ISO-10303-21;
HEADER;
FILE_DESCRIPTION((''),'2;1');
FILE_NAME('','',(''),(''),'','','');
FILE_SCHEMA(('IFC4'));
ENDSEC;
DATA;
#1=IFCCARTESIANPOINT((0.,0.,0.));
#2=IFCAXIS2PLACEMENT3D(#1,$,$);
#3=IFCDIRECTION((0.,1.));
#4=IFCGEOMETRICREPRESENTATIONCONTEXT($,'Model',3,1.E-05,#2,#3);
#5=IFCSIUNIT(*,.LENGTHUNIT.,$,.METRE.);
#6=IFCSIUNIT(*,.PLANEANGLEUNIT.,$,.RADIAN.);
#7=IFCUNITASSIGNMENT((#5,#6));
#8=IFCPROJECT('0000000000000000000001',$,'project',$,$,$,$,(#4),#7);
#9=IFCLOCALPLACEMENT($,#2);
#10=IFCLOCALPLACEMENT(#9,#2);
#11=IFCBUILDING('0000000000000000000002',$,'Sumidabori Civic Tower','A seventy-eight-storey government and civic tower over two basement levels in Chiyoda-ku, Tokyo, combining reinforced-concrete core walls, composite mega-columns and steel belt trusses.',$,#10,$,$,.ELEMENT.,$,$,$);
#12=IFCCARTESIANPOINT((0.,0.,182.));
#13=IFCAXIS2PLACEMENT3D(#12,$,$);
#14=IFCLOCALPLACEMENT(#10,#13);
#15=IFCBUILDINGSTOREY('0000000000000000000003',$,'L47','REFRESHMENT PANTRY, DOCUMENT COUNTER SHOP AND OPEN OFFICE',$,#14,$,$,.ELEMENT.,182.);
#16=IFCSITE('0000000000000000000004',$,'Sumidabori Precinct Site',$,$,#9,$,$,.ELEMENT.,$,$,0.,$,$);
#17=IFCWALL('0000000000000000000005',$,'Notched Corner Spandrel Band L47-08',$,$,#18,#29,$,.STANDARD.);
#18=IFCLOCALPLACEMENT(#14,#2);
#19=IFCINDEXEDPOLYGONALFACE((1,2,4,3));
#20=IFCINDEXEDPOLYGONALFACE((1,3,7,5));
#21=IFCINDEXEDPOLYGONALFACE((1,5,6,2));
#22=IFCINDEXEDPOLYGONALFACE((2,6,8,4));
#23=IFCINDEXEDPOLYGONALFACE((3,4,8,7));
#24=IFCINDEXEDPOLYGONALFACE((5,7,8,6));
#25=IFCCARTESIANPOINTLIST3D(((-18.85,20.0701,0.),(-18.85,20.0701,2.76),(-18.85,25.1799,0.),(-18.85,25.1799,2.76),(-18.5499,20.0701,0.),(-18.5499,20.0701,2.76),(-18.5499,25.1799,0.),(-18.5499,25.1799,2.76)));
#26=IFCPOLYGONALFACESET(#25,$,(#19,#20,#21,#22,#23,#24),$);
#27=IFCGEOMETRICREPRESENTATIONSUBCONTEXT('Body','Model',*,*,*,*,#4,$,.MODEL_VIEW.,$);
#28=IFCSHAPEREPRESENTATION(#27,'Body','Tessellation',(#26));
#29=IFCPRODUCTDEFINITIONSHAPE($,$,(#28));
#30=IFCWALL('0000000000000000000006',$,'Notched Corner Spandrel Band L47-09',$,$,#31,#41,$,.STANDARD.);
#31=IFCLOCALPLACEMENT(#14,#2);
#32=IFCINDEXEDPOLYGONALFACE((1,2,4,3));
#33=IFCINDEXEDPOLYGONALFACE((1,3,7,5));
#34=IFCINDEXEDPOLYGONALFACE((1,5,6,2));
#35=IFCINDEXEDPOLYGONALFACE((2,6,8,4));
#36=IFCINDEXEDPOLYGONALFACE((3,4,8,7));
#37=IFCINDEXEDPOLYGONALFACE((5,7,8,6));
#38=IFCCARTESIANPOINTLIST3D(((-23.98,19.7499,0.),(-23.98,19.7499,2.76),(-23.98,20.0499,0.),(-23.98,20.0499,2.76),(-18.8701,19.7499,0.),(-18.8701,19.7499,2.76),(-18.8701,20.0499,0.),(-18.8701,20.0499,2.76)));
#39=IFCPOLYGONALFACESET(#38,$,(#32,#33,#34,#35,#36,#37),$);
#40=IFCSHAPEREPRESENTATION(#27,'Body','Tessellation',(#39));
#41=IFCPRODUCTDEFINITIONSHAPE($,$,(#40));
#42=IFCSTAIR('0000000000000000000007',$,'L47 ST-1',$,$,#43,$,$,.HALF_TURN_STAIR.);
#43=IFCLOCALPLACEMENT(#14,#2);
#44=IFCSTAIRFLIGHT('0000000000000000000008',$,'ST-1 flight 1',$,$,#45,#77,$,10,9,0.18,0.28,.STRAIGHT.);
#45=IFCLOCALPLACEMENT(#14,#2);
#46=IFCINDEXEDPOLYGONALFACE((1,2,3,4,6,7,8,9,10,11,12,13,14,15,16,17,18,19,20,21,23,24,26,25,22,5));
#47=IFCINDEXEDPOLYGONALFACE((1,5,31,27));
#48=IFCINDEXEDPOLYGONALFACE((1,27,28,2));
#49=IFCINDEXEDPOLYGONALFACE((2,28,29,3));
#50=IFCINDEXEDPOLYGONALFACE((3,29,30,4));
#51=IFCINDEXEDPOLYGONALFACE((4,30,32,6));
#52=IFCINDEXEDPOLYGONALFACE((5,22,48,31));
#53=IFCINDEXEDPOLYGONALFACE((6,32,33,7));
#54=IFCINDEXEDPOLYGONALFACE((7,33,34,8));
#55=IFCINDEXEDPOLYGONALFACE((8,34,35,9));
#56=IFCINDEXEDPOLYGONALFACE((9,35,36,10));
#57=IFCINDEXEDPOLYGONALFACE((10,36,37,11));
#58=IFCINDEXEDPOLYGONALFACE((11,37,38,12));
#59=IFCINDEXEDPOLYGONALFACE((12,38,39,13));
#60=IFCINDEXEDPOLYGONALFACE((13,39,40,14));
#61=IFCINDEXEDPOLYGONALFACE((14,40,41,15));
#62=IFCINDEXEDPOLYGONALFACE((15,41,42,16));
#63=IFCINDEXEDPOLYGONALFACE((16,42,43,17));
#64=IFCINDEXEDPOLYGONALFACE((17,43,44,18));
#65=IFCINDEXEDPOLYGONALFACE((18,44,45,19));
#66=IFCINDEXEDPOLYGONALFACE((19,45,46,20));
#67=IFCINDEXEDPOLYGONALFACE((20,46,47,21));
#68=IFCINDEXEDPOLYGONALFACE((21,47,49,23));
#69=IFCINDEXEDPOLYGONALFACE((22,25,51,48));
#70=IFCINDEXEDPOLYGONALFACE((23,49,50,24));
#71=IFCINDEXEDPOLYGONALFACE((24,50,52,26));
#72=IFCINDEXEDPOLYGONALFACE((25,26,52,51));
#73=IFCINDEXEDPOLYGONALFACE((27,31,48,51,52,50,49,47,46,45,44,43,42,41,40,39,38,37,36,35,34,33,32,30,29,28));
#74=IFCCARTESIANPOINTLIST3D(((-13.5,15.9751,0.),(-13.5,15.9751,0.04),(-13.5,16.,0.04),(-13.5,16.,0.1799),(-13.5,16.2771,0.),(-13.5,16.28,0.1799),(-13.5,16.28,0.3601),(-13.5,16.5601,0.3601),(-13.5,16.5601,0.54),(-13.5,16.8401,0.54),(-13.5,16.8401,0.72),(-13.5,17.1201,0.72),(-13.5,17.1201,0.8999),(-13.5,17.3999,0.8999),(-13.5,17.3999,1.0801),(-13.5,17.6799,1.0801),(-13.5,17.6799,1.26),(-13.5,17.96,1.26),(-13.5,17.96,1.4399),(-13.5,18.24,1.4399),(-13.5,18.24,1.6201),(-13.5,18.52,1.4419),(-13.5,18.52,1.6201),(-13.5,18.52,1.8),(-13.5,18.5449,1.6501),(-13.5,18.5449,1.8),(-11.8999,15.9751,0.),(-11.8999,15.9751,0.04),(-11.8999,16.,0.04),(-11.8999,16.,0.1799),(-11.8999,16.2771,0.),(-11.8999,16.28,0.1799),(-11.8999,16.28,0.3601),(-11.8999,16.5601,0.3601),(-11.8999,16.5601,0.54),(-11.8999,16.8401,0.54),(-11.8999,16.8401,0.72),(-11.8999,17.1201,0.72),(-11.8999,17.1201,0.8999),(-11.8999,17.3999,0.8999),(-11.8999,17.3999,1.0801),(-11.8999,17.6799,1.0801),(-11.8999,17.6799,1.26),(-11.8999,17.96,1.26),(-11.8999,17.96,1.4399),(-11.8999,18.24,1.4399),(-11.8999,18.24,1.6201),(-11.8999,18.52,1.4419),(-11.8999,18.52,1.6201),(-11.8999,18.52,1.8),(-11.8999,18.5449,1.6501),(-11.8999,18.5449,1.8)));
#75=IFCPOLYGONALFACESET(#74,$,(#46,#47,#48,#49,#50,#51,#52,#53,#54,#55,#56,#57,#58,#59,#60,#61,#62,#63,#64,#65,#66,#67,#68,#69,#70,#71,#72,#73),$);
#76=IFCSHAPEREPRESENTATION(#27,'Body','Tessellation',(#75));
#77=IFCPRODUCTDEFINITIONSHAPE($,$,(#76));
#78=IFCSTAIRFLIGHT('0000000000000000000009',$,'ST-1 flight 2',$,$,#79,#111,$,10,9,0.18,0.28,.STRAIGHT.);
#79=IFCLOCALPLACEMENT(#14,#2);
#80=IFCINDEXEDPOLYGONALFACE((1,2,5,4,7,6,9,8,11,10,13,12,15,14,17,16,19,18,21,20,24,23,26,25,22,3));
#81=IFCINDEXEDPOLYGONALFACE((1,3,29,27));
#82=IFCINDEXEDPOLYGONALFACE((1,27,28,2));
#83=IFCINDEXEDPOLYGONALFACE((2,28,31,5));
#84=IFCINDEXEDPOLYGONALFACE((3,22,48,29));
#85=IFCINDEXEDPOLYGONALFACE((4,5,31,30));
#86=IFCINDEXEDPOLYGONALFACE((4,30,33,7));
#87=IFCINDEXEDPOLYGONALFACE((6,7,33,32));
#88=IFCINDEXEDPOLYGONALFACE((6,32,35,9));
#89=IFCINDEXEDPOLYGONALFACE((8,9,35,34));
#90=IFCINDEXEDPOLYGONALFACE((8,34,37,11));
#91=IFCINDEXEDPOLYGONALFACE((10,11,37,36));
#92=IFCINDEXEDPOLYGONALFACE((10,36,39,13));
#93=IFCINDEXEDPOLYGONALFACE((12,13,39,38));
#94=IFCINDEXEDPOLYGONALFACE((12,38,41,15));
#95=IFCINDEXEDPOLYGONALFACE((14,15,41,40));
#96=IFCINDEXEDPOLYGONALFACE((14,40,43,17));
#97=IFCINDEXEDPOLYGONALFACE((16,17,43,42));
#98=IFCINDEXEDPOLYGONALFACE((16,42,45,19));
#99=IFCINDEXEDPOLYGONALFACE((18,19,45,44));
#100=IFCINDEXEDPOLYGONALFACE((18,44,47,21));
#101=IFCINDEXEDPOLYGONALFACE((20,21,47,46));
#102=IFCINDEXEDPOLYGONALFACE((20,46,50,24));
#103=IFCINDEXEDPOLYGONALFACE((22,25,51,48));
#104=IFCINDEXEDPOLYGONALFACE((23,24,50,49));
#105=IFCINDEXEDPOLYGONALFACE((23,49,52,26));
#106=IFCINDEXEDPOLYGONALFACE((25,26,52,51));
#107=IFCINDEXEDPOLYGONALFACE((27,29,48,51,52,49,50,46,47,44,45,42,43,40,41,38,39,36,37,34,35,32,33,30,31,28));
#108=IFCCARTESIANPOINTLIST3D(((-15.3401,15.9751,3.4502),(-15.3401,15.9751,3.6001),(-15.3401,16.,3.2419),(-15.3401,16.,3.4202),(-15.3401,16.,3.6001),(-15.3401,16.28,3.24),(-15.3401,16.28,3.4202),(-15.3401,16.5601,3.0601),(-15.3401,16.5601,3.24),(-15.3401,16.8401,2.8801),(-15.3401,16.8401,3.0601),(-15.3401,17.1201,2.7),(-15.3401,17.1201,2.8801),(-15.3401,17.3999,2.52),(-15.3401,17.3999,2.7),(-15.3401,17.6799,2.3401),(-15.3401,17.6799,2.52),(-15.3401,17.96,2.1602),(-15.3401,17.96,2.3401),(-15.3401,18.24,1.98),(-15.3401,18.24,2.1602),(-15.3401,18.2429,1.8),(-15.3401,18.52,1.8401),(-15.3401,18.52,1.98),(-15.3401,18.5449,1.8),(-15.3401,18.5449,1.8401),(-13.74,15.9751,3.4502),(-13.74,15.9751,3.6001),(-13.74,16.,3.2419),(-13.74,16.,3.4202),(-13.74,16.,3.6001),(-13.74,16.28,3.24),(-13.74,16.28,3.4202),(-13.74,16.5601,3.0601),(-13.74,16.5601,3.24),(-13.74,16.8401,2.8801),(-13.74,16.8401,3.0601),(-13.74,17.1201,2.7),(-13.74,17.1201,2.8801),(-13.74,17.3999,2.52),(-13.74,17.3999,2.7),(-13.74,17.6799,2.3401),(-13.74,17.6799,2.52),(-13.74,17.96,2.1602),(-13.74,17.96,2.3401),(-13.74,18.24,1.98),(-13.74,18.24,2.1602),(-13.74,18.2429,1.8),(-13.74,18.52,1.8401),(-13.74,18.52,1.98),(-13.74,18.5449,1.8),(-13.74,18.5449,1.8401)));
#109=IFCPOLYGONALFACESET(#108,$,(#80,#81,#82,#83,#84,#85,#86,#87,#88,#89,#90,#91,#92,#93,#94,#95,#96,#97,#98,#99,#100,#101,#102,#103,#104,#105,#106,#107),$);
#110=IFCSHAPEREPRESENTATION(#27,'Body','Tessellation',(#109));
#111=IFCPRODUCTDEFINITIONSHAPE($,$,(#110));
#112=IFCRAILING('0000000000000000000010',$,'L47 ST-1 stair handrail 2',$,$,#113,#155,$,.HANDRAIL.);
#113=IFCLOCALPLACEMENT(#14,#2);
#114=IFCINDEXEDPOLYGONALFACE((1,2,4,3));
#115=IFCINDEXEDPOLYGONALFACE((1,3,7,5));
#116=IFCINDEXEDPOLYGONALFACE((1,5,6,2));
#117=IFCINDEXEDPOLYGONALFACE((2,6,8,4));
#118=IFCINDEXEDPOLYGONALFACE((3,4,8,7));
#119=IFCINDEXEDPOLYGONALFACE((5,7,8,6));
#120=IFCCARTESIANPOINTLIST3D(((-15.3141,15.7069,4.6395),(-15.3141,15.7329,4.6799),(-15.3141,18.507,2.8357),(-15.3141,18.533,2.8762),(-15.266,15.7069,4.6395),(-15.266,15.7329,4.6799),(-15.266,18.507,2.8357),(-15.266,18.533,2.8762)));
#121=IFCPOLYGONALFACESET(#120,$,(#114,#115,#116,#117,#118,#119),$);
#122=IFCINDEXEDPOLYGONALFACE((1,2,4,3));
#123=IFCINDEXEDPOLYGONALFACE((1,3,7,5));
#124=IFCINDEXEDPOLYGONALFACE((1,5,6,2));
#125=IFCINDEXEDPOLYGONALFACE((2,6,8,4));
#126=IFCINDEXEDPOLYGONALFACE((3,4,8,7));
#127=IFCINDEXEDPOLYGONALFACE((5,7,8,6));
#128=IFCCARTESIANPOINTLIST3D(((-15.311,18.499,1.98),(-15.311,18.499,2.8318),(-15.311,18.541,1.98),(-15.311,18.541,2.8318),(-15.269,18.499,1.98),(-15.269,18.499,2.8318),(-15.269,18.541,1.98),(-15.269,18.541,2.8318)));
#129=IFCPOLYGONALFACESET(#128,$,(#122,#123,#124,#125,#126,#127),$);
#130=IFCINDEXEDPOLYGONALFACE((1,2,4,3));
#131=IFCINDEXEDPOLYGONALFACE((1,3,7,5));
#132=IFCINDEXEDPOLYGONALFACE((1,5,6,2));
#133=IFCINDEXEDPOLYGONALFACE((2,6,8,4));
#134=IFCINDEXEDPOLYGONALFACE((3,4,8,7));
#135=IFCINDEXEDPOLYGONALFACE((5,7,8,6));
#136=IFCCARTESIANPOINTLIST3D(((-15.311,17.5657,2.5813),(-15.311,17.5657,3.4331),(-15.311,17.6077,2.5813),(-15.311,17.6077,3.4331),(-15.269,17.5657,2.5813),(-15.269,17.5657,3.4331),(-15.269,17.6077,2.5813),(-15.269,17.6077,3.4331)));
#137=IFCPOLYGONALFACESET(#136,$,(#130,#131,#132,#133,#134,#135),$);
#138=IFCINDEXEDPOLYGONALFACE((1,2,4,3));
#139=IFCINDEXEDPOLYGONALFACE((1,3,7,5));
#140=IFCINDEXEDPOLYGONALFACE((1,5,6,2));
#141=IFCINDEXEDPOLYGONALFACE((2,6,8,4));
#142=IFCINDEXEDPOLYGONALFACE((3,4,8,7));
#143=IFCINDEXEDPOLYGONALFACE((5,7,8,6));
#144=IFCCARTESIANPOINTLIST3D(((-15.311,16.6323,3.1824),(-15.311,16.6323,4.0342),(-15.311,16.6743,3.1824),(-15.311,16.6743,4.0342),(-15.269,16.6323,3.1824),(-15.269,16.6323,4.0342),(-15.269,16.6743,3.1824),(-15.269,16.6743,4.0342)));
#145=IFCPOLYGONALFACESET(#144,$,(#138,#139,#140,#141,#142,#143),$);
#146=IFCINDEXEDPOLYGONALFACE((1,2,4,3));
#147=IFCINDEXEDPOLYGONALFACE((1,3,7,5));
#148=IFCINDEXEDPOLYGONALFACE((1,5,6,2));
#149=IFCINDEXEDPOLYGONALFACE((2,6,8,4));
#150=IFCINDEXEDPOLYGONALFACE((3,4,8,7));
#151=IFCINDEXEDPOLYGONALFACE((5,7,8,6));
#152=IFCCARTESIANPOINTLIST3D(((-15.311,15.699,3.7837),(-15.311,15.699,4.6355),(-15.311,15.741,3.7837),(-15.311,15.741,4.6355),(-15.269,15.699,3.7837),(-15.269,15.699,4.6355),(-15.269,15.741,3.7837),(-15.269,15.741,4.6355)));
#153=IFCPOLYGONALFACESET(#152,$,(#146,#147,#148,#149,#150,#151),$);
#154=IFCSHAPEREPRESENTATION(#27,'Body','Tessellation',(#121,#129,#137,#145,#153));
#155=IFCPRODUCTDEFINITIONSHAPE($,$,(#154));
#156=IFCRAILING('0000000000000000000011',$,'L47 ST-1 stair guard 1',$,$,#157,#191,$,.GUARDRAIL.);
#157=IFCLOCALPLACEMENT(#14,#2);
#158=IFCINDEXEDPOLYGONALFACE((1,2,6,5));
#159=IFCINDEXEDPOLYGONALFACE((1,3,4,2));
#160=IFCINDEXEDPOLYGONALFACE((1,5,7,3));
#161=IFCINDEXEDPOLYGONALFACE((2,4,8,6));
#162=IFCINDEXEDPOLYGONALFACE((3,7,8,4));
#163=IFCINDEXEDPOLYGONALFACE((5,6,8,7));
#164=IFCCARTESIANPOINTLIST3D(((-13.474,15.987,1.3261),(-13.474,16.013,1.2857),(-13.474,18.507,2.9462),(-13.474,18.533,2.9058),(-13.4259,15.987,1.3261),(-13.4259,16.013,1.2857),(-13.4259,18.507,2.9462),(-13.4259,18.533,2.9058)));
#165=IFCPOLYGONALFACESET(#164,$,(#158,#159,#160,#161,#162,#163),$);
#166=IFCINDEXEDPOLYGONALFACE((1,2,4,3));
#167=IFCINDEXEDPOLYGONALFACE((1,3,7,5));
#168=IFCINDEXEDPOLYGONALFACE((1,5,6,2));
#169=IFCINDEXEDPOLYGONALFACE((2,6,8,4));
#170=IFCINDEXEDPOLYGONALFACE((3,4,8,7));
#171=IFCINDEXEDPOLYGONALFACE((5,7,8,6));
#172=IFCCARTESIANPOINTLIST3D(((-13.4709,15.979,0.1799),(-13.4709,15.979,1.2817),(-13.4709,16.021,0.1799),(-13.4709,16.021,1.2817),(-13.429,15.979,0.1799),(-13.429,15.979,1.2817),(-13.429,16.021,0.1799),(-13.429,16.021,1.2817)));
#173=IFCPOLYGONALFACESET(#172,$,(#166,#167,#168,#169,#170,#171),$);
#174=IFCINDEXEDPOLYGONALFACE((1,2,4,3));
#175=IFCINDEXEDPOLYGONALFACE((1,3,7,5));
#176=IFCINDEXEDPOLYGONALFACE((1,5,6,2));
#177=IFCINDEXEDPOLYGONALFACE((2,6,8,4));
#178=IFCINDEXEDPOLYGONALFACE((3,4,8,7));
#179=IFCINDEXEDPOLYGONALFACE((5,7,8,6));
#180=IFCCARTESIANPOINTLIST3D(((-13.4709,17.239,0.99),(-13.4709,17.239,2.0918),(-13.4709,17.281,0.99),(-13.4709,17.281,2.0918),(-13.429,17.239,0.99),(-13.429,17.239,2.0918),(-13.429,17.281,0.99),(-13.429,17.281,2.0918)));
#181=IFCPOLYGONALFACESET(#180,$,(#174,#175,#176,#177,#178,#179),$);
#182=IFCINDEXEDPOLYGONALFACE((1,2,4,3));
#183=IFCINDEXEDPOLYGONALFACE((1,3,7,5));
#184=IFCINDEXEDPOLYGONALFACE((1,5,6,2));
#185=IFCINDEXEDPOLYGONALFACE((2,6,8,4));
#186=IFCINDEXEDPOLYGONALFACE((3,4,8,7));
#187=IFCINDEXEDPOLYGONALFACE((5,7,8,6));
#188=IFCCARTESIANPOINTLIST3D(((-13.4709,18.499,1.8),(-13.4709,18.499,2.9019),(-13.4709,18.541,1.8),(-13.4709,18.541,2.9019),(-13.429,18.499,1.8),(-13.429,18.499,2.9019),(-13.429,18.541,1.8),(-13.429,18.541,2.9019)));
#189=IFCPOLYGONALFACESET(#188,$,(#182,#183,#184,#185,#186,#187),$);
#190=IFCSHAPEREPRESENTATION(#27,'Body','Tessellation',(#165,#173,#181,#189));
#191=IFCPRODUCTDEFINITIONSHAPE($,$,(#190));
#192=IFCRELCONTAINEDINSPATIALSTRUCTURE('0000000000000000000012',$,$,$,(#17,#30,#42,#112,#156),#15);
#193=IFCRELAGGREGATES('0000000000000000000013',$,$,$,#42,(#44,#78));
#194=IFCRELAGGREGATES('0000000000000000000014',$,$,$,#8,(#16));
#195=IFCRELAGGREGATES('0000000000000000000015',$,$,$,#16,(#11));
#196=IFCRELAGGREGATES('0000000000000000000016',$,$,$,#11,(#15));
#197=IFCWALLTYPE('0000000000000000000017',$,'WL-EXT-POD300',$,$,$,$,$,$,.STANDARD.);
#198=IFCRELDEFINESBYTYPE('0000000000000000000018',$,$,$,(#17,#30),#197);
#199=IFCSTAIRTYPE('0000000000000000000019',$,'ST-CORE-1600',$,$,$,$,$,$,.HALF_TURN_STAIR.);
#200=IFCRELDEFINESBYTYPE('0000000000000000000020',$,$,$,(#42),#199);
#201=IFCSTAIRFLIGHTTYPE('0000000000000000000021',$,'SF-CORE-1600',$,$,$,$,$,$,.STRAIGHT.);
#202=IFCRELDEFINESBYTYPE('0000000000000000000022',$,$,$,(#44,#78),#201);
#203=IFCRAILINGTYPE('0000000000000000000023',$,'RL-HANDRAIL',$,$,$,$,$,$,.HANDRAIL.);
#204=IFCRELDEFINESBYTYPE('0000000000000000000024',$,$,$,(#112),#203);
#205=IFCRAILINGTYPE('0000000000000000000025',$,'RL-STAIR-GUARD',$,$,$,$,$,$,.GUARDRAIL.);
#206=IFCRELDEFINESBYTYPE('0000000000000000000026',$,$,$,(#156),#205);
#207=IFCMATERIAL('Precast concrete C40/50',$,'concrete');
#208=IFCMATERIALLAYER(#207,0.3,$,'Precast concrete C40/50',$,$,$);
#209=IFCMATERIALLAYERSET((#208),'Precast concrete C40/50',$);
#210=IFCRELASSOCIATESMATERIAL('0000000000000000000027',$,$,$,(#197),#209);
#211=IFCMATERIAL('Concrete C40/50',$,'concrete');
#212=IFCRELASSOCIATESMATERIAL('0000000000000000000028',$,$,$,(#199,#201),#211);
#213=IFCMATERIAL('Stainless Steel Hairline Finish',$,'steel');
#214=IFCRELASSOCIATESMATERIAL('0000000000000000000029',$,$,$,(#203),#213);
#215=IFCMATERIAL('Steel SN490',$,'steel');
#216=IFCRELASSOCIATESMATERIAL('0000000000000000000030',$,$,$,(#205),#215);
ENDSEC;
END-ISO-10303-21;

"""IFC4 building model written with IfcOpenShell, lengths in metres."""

from ifc_helpers import new_model, si_unit, direction, frame, frame_2d, origin, origin_2d, place, context, subcontext, project, spatial, polyline, rectangle, outline, extrude, source, transform, mapped, material, layer, layer_set, type_object, element, aggregate, save


model = new_model("IFC4")

# Units and contexts
model_context = context("Model", 3, precision=1e-05, world=origin(), true_north=direction((0.0, 1.0)))
body_context = subcontext(model_context, "Body", "Model", "MODEL_VIEW")
ifc_project = project(units=[si_unit("LENGTHUNIT", "METRE"), si_unit("PLANEANGLEUNIT", "RADIAN")], contexts=[model_context])

# Site, building, storey
site_placement = place(None, origin())
site = spatial("IfcSite", under=ifc_project, at=site_placement, Name="Sumidabori Precinct Site", CompositionType="ELEMENT", RefElevation=0.0)
building_placement = place(site_placement, origin())
building = spatial("IfcBuilding", under=site, at=building_placement, Name="Sumidabori Civic Tower", Description="A seventy-eight-storey government and civic tower over two basement levels in Chiyoda-ku, Tokyo, combining reinforced-concrete core walls, composite mega-columns and steel belt trusses.", CompositionType="ELEMENT")
storey_placement = place(building_placement, frame((0.0, 0.0, 182.0)))
storey = spatial("IfcBuildingStorey", under=building, at=storey_placement, Name="L47", Description="REFRESHMENT PANTRY, DOCUMENT COUNTER SHOP AND OPEN OFFICE", CompositionType="ELEMENT", Elevation=182.0)

# Shared definitions
ifc_material_1 = material(Name="Steel SN490", Category="steel")

# Walls
ifc_material_2 = material(Name="Precast concrete C40/50", Category="concrete")
ifc_layer_1 = layer(ifc_material_2, 0.3, Name="Precast concrete C40/50")
ifc_layer_set_1 = layer_set([ifc_layer_1], Name="Precast concrete C40/50")
wall_type_1 = type_object("IfcWallType", Name="WL-EXT-POD300", PredefinedType="STANDARD", material=ifc_layer_set_1)
shared_shape_1 = source(origin(), body_context, "Body", "SweptSolid", [
    extrude(rectangle(XDim=5.1099, YDim=0.3, at=frame_2d((2.5549, 0.0))), origin(), (0.0, 0.0, 1.0), 2.76),
])
for number, where, z_axis, x_axis, name in (
    (1, (-18.7, 25.1799, 0.0), (0.0, 0.0, 1.0), (0.0, -1.0, 0.0), "Notched Corner Spandrel Band L47-08"),
    (2, (-18.8701, 19.8999, 0.0), (0.0, 0.0, 1.0), (-1.0, 0.0, 0.0), "Notched Corner Spandrel Band L47-09"),
):
    element("IfcWall", number, at=place(storey_placement, frame(where, z_axis=z_axis, x_axis=x_axis)), inside=storey, type_object=wall_type_1, Name=name, PredefinedType="STANDARD", context=body_context, shape_type="MappedRepresentation", body=[
        mapped(shared_shape_1, transform((0.0, 0.0, 0.0), x_axis=(1.0, 0.0, 0.0), y_axis=(0.0, 1.0, 0.0), z_axis=(0.0, 0.0, 1.0), scale=1.0)),
    ])

# Stair, stair flights
ifc_material_3 = material(Name="Concrete C40/50", Category="concrete")
stair_type = type_object("IfcStairType", Name="ST-CORE-1600", PredefinedType="HALF_TURN_STAIR", material=ifc_material_3)
stair_placement = place(storey_placement, origin())
stair = element("IfcStair", 3, at=stair_placement, inside=storey, type_object=stair_type, Name="L47 ST-1", PredefinedType="HALF_TURN_STAIR")
stair_flight_type = type_object("IfcStairFlightType", Name="SF-CORE-1600", PredefinedType="STRAIGHT", material=ifc_material_3)
shared_shape_2 = source(origin(), body_context, "Body", "SweptSolid", [
    extrude(outline(polyline([(-0.0249, 0.0), (-0.0249, 0.04), (0.0, 0.04), (0.0, 0.1799), (0.28, 0.1799), (0.28, 0.3601), (0.5601, 0.3601), (0.5601, 0.54), (0.8401, 0.54), (0.8401, 0.72), (1.1201, 0.72), (1.1201, 0.8999), (1.3999, 0.8999), (1.3999, 1.0801), (1.6799, 1.0801), (1.6799, 1.26), (1.96, 1.26), (1.96, 1.4399), (2.24, 1.4399), (2.24, 1.6201), (2.52, 1.6201), (2.52, 1.8), (2.5449, 1.8), (2.5449, 1.6501), (2.52, 1.4419), (0.2771, 0.0), (-0.0249, 0.0)])), frame((0.0, 0.8, 0.0), z_axis=(0.0, -1.0, 0.0), x_axis=(1.0, 0.0, 0.0)), (0.0, 0.0, 1.0), 1.6001),
])
stair_flight_1_placement = place(storey_placement, frame((-12.7, 16.0, 0.0), z_axis=(0.0, 0.0, 1.0), x_axis=(0.0, 1.0, 0.0)))
stair_flight_1 = element("IfcStairFlight", 4, at=stair_flight_1_placement, type_object=stair_flight_type, Name="ST-1 flight 1", NumberOfRisers=10, NumberOfTreads=9, PredefinedType="STRAIGHT", RiserHeight=0.18, TreadLength=0.28, context=body_context, shape_type="MappedRepresentation", body=[
    mapped(shared_shape_2, transform((0.0, 0.0, 0.0), x_axis=(1.0, 0.0, 0.0), y_axis=(0.0, 1.0, 0.0), z_axis=(0.0, 0.0, 1.0), scale=1.0)),
])
stair_flight_2_placement = place(storey_placement, frame((-14.54, 18.52, 1.8), z_axis=(0.0, 0.0, 1.0), x_axis=(0.0, -1.0, 0.0)))
stair_flight_2 = element("IfcStairFlight", 5, at=stair_flight_2_placement, type_object=stair_flight_type, Name="ST-1 flight 2", NumberOfRisers=10, NumberOfTreads=9, PredefinedType="STRAIGHT", RiserHeight=0.18, TreadLength=0.28, context=body_context, shape_type="MappedRepresentation", body=[
    mapped(shared_shape_2, transform((0.0, 0.0, 0.0), x_axis=(1.0, 0.0, 0.0), y_axis=(0.0, 1.0, 0.0), z_axis=(0.0, 0.0, 1.0), scale=1.0)),
])
aggregate(stair, [stair_flight_1, stair_flight_2])

# Railings
ifc_material_4 = material(Name="Stainless Steel Hairline Finish", Category="steel")
railing_type_1 = type_object("IfcRailingType", Name="RL-HANDRAIL", PredefinedType="HANDRAIL", material=ifc_material_4)
railing_1_placement = place(storey_placement, frame((-15.29, 18.52, 1.98)))
element("IfcRailing", 6, at=railing_1_placement, inside=storey, type_object=railing_type_1, Name="L47 ST-1 stair handrail 2", PredefinedType="HANDRAIL", context=body_context, shape_type="SweptSolid", body=[
    extrude(rectangle(XDim=0.0481, YDim=0.0481, at=origin_2d()), frame((0.0, 0.0, 0.876), z_axis=(0.0, -0.840676, 0.541539), x_axis=(1.0, 0.0, 0.0)), (0.0, 0.0, 1.0), 3.3308),
    extrude(rectangle(XDim=0.042, YDim=0.042, at=origin_2d()), origin(), (0.0, 0.0, 1.0), 0.8518),
    extrude(rectangle(XDim=0.042, YDim=0.042, at=origin_2d()), frame((0.0, -0.9333, 0.6013)), (0.0, 0.0, 1.0), 0.8518),
    extrude(rectangle(XDim=0.042, YDim=0.042, at=origin_2d()), frame((0.0, -1.8667, 1.2024)), (0.0, 0.0, 1.0), 0.8518),
    extrude(rectangle(XDim=0.042, YDim=0.042, at=origin_2d()), frame((0.0, -2.8, 1.8037)), (0.0, 0.0, 1.0), 0.8518),
])
railing_type_2 = type_object("IfcRailingType", Name="RL-STAIR-GUARD", PredefinedType="GUARDRAIL", material=ifc_material_1)
railing_2_placement = place(storey_placement, frame((-13.45, 16.0, 0.1799)))
element("IfcRailing", 7, at=railing_2_placement, inside=storey, type_object=railing_type_2, Name="L47 ST-1 stair guard 1", PredefinedType="GUARDRAIL", context=body_context, shape_type="SweptSolid", body=[
    extrude(rectangle(XDim=0.0481, YDim=0.0481, at=origin_2d()), frame((0.0, 0.0, 1.126), z_axis=(0.0, 0.841163, 0.540782), x_axis=(-1.0, 0.0, 0.0)), (0.0, 0.0, 1.0), 2.9958),
    extrude(rectangle(XDim=0.042, YDim=0.042, at=origin_2d()), origin(), (0.0, 0.0, 1.0), 1.1018),
    extrude(rectangle(XDim=0.042, YDim=0.042, at=origin_2d()), frame((0.0, 1.26, 0.8101)), (0.0, 0.0, 1.0), 1.1018),
    extrude(rectangle(XDim=0.042, YDim=0.042, at=origin_2d()), frame((0.0, 2.52, 1.6201)), (0.0, 0.0, 1.0), 1.1018),
])

save(model, "model.ifc")
